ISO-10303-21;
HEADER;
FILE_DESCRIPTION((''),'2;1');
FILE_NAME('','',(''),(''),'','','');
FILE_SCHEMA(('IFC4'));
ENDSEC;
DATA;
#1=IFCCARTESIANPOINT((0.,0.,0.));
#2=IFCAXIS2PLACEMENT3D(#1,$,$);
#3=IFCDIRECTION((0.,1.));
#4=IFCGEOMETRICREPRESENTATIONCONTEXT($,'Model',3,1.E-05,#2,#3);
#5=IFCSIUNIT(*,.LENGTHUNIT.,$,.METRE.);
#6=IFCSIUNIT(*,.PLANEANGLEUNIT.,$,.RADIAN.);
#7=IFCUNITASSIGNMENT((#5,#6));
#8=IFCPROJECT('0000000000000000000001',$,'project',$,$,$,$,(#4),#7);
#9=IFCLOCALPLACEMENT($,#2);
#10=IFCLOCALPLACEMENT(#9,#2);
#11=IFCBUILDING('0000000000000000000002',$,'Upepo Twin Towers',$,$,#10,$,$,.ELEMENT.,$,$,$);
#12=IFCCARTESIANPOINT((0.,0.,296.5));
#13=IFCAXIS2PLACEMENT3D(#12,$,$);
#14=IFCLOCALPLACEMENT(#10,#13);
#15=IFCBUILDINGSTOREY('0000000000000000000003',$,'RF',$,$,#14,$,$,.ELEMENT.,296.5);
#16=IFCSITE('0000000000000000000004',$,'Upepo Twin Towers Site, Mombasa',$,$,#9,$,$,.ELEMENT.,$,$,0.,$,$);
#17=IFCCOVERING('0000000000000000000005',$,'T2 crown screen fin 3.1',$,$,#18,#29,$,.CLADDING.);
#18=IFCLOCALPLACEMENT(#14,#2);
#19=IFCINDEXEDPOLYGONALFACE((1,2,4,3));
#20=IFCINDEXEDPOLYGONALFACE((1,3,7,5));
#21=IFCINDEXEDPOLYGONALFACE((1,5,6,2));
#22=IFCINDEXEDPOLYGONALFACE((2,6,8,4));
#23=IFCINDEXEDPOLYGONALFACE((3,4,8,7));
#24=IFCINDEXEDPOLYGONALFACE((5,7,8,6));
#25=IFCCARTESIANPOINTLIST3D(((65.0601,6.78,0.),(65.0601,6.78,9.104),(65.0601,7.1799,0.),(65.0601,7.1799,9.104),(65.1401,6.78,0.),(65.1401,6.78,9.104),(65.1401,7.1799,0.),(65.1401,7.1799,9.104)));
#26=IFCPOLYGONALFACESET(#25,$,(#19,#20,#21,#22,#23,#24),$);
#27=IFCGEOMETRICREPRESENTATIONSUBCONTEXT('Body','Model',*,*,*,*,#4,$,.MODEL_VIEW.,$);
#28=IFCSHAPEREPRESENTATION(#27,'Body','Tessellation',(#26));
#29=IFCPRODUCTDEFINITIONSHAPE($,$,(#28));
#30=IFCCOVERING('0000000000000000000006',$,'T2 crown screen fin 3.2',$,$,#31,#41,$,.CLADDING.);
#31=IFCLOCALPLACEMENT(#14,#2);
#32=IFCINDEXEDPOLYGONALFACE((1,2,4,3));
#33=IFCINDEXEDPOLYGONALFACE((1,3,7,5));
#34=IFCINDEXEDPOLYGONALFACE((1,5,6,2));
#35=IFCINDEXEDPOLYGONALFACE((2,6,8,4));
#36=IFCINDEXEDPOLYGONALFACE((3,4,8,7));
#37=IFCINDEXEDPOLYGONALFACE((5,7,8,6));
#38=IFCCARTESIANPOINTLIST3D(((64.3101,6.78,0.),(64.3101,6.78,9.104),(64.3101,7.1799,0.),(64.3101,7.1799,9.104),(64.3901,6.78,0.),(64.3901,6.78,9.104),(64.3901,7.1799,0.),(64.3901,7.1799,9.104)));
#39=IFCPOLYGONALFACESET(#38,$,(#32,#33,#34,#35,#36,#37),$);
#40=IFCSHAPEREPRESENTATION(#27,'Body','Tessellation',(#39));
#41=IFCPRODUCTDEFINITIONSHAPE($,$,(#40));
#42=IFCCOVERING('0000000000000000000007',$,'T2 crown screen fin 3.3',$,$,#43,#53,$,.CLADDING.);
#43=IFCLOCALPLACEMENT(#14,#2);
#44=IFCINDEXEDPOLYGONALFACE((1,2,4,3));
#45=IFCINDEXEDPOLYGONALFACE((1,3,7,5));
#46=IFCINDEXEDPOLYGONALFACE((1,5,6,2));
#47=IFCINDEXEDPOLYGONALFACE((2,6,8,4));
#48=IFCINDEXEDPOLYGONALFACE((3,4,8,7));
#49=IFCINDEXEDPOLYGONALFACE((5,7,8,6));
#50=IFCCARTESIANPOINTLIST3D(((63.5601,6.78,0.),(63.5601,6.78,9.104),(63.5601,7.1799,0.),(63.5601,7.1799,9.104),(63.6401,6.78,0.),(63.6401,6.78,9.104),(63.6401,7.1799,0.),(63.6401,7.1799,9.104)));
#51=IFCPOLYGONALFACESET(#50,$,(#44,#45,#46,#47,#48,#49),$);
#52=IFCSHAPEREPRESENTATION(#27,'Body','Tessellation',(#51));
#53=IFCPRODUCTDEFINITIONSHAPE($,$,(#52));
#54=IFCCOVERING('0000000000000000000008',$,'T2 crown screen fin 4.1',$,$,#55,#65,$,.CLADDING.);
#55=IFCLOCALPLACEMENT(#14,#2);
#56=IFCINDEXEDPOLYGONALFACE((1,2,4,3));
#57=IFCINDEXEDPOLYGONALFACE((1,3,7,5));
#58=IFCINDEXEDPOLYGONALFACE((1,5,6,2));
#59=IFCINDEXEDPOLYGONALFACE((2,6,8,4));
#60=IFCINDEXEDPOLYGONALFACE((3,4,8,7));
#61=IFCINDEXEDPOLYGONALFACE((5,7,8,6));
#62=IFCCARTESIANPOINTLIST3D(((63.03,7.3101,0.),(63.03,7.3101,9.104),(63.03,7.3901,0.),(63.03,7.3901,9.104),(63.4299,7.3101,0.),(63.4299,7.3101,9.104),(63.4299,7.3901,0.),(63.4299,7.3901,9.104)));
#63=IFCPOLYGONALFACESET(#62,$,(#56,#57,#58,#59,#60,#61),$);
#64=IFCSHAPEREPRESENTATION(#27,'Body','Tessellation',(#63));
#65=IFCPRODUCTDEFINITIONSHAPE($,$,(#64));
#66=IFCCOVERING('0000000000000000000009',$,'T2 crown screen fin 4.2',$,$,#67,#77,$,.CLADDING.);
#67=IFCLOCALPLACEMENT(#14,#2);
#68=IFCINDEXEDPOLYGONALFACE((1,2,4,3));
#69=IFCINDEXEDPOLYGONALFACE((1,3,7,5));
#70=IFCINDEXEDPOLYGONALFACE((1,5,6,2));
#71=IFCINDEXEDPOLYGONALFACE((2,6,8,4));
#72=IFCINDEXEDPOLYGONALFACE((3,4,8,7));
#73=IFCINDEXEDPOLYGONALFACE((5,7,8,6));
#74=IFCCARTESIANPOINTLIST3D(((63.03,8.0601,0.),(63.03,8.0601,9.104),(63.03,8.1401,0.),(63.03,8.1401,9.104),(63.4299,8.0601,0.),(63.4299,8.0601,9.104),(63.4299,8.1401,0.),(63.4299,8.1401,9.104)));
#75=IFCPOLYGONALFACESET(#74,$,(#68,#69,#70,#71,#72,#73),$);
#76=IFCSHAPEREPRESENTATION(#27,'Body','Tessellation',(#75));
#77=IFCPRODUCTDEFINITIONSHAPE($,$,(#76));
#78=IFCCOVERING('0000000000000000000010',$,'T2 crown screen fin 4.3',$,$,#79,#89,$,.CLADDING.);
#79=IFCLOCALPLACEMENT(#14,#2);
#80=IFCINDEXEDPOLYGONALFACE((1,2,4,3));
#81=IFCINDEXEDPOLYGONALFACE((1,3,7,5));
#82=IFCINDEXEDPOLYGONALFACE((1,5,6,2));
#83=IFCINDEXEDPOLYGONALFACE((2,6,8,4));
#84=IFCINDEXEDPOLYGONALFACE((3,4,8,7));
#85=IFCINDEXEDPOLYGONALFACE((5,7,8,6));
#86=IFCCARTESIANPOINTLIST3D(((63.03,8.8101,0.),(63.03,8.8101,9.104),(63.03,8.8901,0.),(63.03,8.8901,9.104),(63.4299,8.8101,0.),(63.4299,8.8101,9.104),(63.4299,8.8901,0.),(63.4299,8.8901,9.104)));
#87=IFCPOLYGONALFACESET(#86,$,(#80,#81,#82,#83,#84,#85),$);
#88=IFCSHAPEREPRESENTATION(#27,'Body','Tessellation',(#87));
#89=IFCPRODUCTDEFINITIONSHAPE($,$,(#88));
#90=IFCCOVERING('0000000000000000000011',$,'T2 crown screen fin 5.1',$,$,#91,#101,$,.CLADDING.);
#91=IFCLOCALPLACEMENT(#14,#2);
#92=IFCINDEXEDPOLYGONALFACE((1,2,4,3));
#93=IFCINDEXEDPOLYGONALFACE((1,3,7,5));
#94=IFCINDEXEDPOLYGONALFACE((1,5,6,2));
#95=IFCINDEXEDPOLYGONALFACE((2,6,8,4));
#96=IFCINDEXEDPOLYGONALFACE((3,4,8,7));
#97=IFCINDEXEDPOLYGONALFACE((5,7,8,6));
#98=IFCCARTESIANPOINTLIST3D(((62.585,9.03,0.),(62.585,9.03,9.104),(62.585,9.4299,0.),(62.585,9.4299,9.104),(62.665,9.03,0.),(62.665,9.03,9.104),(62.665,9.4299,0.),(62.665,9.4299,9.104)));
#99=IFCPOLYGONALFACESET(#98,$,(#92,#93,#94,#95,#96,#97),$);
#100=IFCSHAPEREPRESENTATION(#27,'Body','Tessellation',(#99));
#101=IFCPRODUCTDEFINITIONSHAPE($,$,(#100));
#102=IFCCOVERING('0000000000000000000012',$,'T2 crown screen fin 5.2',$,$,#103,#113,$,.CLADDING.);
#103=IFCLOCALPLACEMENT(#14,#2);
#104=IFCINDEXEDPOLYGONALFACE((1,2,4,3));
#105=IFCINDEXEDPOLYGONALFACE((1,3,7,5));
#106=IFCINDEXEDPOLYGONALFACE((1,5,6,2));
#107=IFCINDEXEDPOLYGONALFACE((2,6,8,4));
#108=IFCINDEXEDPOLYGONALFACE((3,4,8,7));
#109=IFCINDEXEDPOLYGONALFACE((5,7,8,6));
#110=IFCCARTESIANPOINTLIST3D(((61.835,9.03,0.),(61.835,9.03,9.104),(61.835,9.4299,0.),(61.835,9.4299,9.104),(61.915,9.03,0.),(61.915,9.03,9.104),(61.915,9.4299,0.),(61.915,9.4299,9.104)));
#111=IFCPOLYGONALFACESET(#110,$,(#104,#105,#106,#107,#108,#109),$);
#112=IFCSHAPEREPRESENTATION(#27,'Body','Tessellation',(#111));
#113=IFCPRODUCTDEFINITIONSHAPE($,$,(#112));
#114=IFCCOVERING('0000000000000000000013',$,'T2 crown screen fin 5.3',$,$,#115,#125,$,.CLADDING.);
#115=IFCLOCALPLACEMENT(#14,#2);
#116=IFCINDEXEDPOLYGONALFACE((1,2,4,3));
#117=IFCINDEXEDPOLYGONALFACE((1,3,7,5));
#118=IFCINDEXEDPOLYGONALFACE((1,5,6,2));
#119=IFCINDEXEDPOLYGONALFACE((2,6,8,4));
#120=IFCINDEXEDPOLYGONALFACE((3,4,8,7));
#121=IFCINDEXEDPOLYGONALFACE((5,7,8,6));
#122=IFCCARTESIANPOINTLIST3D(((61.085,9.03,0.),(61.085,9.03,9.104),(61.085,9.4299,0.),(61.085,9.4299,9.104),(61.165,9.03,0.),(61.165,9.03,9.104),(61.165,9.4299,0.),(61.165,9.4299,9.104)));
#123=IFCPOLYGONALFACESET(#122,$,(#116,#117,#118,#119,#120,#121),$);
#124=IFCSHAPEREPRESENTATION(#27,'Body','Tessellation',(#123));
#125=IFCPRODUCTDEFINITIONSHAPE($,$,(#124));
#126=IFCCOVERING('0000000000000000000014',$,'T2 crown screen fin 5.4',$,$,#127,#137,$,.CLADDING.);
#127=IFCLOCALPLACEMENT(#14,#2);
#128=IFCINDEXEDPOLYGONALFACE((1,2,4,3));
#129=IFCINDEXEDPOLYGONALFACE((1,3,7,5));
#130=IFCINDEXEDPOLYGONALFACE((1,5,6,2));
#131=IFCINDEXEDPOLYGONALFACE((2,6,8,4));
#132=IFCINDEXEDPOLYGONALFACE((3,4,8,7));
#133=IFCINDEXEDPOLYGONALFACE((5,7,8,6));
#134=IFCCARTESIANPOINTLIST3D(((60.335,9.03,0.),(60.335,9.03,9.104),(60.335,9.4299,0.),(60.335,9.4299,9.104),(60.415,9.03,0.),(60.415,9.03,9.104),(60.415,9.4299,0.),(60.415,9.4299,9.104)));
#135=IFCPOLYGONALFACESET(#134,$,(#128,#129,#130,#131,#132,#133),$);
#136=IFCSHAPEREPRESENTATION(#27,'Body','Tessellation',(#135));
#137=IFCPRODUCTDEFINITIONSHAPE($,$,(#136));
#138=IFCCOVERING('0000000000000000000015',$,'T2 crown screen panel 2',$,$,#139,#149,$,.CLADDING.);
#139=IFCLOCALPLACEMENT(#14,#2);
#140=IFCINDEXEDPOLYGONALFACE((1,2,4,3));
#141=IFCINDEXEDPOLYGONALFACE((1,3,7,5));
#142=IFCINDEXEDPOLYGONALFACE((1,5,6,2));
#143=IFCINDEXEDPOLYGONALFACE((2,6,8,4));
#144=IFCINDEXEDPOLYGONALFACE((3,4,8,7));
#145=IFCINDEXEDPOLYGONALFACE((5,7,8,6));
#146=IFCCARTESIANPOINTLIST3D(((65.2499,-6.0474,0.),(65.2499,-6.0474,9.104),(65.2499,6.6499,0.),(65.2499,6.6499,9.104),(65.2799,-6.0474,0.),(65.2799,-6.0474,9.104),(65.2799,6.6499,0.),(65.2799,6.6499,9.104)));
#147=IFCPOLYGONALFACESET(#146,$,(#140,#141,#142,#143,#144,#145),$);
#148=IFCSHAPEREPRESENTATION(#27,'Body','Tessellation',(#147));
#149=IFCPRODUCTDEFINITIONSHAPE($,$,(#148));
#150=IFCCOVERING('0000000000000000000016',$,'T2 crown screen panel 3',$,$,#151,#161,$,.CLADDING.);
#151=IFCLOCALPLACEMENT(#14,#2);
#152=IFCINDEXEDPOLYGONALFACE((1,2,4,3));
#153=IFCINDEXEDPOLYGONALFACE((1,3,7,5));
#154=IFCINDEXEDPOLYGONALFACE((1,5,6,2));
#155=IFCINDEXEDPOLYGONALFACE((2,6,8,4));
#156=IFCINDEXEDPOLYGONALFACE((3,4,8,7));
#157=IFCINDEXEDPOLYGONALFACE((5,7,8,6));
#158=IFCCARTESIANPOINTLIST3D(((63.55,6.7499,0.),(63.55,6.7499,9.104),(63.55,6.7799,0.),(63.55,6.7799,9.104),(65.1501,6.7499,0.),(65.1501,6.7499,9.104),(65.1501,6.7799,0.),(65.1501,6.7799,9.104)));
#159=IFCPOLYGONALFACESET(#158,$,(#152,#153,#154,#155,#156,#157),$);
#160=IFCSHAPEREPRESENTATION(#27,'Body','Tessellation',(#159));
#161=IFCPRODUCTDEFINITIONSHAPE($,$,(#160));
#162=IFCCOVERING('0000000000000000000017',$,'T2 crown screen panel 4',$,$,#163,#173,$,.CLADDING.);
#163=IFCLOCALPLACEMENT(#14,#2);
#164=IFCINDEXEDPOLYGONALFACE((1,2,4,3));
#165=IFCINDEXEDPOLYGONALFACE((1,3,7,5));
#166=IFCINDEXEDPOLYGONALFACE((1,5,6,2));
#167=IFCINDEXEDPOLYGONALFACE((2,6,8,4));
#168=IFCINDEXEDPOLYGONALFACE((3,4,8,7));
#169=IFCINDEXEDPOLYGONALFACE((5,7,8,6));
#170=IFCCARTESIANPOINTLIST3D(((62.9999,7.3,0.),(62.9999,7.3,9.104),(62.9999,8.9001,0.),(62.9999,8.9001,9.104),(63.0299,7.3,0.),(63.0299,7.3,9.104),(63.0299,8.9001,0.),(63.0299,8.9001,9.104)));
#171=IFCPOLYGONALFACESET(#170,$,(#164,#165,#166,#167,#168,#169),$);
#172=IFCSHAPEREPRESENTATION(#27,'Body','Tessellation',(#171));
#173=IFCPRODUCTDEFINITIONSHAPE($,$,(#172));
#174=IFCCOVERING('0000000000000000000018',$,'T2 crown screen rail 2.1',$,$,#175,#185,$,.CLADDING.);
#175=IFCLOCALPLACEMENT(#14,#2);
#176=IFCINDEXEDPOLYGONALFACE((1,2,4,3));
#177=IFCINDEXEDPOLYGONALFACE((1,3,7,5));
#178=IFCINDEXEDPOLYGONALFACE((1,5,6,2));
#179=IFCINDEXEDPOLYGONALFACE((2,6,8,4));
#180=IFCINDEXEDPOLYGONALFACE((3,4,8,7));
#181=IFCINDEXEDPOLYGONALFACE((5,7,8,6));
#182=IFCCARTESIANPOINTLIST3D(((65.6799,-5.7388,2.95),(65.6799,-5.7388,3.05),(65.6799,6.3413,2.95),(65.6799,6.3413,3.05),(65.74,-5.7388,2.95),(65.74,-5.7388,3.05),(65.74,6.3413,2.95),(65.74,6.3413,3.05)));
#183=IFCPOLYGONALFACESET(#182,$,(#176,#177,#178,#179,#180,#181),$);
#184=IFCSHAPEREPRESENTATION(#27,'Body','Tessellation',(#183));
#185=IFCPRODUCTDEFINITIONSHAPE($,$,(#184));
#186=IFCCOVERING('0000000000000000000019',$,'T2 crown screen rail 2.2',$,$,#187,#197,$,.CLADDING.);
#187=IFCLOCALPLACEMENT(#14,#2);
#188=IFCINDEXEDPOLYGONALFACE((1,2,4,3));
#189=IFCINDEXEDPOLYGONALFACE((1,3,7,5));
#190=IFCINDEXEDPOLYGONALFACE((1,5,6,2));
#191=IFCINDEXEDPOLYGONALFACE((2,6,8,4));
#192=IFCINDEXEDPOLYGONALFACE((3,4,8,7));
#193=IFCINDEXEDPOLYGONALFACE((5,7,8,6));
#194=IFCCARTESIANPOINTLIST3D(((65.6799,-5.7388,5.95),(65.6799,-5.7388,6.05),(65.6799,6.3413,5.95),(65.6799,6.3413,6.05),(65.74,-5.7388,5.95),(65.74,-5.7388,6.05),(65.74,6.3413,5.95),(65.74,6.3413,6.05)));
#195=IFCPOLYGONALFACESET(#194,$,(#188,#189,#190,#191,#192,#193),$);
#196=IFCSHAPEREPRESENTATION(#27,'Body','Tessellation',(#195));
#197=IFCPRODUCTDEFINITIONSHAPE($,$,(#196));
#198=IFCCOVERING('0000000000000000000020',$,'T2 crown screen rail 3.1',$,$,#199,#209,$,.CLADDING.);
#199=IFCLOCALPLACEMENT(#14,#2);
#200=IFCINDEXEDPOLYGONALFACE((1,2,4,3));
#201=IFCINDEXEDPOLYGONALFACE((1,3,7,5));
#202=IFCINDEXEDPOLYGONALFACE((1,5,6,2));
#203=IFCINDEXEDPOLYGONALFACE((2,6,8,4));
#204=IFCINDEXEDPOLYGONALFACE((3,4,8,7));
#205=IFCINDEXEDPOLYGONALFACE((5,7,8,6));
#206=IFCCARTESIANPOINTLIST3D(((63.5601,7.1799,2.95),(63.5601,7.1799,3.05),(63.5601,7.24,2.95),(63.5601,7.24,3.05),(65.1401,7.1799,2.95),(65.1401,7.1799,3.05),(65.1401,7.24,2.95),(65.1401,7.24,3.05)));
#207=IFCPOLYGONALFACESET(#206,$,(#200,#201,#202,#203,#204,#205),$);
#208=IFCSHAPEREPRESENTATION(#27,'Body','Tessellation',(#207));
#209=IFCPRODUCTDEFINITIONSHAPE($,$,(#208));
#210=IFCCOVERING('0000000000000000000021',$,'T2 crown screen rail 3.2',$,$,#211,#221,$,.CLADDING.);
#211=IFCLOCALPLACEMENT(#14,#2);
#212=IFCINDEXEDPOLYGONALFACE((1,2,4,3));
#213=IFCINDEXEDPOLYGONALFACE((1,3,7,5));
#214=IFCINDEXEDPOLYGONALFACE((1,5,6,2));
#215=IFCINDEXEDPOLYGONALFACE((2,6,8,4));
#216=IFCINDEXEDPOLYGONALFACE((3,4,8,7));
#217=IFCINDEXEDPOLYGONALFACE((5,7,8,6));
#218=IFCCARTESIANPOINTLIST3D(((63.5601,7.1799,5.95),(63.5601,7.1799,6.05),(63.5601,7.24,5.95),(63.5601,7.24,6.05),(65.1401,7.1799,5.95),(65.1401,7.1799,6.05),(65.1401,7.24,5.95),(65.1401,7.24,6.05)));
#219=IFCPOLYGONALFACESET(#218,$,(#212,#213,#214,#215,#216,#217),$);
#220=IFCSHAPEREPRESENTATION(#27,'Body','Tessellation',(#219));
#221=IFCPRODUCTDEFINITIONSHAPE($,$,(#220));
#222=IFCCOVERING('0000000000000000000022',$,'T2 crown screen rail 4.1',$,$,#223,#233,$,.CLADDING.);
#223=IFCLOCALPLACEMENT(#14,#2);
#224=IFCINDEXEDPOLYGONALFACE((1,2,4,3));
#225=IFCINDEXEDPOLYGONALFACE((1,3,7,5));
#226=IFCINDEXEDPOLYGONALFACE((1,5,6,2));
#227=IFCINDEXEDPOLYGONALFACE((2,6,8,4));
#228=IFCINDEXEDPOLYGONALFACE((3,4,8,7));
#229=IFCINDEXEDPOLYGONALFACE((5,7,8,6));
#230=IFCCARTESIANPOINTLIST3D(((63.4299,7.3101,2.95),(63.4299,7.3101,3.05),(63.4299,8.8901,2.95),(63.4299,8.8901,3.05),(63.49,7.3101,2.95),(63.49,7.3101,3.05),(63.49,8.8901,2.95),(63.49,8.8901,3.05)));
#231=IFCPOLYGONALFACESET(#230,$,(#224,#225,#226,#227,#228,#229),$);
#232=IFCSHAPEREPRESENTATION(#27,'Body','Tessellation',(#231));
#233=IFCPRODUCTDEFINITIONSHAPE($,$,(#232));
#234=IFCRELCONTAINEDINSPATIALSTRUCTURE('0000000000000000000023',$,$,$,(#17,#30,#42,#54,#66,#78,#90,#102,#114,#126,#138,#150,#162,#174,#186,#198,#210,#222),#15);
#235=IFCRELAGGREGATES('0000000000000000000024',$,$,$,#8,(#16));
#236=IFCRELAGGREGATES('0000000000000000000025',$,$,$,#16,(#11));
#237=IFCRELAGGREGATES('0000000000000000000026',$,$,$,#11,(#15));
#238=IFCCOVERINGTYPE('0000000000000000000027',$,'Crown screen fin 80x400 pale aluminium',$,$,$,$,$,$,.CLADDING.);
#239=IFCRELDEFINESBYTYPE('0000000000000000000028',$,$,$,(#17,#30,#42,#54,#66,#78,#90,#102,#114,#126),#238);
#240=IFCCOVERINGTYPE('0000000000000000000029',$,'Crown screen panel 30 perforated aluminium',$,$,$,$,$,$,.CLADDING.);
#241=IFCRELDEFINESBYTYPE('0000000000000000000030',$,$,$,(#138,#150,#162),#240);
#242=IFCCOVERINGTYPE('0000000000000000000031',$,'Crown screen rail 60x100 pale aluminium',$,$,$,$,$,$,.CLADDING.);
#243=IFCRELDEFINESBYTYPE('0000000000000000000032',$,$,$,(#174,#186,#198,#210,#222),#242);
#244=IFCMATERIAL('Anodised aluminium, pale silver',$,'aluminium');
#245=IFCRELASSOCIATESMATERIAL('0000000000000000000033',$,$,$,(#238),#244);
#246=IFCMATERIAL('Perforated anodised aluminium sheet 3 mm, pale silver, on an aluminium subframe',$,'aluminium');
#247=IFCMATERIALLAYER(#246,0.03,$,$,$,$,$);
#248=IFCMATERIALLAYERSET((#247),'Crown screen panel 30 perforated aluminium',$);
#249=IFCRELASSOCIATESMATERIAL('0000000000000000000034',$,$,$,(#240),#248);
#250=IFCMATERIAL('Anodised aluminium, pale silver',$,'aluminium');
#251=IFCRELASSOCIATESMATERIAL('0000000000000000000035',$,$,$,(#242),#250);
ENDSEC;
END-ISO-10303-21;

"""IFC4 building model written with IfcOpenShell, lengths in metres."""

from ifc_helpers import new_model, si_unit, direction, frame, origin, origin_2d, place, context, subcontext, project, spatial, rectangle, extrude, material, layer, layer_set, type_object, element, save


model = new_model("IFC4")

# Units and contexts
model_context = context("Model", 3, precision=1e-05, world=origin(), true_north=direction((0.0, 1.0)))
body_context = subcontext(model_context, "Body", "Model", "MODEL_VIEW")
ifc_project = project(units=[si_unit("LENGTHUNIT", "METRE"), si_unit("PLANEANGLEUNIT", "RADIAN")], contexts=[model_context])

# Site, building, storey
site_placement = place(None, origin())
site = spatial("IfcSite", under=ifc_project, at=site_placement, Name="Upepo Twin Towers Site, Mombasa", CompositionType="ELEMENT", RefElevation=0.0)
building_placement = place(site_placement, origin())
building = spatial("IfcBuilding", under=site, at=building_placement, Name="Upepo Twin Towers", CompositionType="ELEMENT")
storey_placement = place(building_placement, frame((0.0, 0.0, 296.5)))
storey = spatial("IfcBuildingStorey", under=building, at=storey_placement, Name="RF", CompositionType="ELEMENT", Elevation=296.5)

# Coverings
ifc_material_1 = material(Name="Anodised aluminium, pale silver", Category="aluminium")
covering_type_1 = type_object("IfcCoveringType", Name="Crown screen fin 80x400 pale aluminium", PredefinedType="CLADDING", material=ifc_material_1)
for number, where, z_axis, x_axis, name in (
    (1, (65.1001, 6.98, 0.0), (0.0, 0.0, 1.0), (-1.0, 0.0, 0.0), "T2 crown screen fin 3.1"),
    (2, (64.3501, 6.98, 0.0), (0.0, 0.0, 1.0), (-1.0, 0.0, 0.0), "T2 crown screen fin 3.2"),
    (3, (63.6001, 6.98, 0.0), (0.0, 0.0, 1.0), (-1.0, 0.0, 0.0), "T2 crown screen fin 3.3"),
    (4, (63.23, 7.3501, 0.0), (0.0, 0.0, 1.0), (0.0, 1.0, 0.0), "T2 crown screen fin 4.1"),
    (5, (63.23, 8.1001, 0.0), (0.0, 0.0, 1.0), (0.0, 1.0, 0.0), "T2 crown screen fin 4.2"),
    (6, (63.23, 8.8501, 0.0), (0.0, 0.0, 1.0), (0.0, 1.0, 0.0), "T2 crown screen fin 4.3"),
    (7, (62.625, 9.23, 0.0), (0.0, 0.0, 1.0), (-1.0, 0.0, 0.0), "T2 crown screen fin 5.1"),
    (8, (61.875, 9.23, 0.0), (0.0, 0.0, 1.0), (-1.0, 0.0, 0.0), "T2 crown screen fin 5.2"),
    (9, (61.125, 9.23, 0.0), (0.0, 0.0, 1.0), (-1.0, 0.0, 0.0), "T2 crown screen fin 5.3"),
    (10, (60.375, 9.23, 0.0), (0.0, 0.0, 1.0), (-1.0, 0.0, 0.0), "T2 crown screen fin 5.4"),
):
    element("IfcCovering", number, at=place(storey_placement, frame(where, z_axis=z_axis, x_axis=x_axis)), inside=storey, type_object=covering_type_1, Name=name, PredefinedType="CLADDING", context=body_context, shape_type="SweptSolid", body=[
        extrude(rectangle(XDim=0.0801, YDim=0.3999, at=origin_2d()), origin(), (0.0, 0.0, 1.0), 9.104),
    ])
ifc_material_2 = material(Name="Perforated anodised aluminium sheet 3 mm, pale silver, on an aluminium subframe", Category="aluminium")
ifc_layer_1 = layer(ifc_material_2, 0.03)
ifc_layer_set_1 = layer_set([ifc_layer_1], Name="Crown screen panel 30 perforated aluminium")
covering_type_2 = type_object("IfcCoveringType", Name="Crown screen panel 30 perforated aluminium", PredefinedType="CLADDING", material=ifc_layer_set_1)
covering_placement = place(storey_placement, frame((65.2649, 0.3013, 0.0), z_axis=(0.0, 0.0, 1.0), x_axis=(0.0, 1.0, 0.0)))
element("IfcCovering", 11, at=covering_placement, inside=storey, type_object=covering_type_2, Name="T2 crown screen panel 2", PredefinedType="CLADDING", context=body_context, shape_type="SweptSolid", body=[
    extrude(rectangle(XDim=12.6973, YDim=0.03, at=origin_2d()), origin(), (0.0, 0.0, 1.0), 9.104),
])
for number, where, z_axis, x_axis, name in (
    (12, (64.3501, 6.7649, 0.0), (0.0, 0.0, 1.0), (-1.0, 0.0, 0.0), "T2 crown screen panel 3"),
    (13, (63.0149, 8.1001, 0.0), (0.0, 0.0, 1.0), (0.0, 1.0, 0.0), "T2 crown screen panel 4"),
):
    element("IfcCovering", number, at=place(storey_placement, frame(where, z_axis=z_axis, x_axis=x_axis)), inside=storey, type_object=covering_type_2, Name=name, PredefinedType="CLADDING", context=body_context, shape_type="SweptSolid", body=[
        extrude(rectangle(XDim=1.6001, YDim=0.03, at=origin_2d()), origin(), (0.0, 0.0, 1.0), 9.104),
    ])
ifc_material_3 = material(Name="Anodised aluminium, pale silver", Category="aluminium")
covering_type_3 = type_object("IfcCoveringType", Name="Crown screen rail 60x100 pale aluminium", PredefinedType="CLADDING", material=ifc_material_3)
for number, where, z_axis, x_axis, name in (
    (14, (65.71, 0.3013, 2.95), (0.0, 0.0, 1.0), (0.0, 1.0, 0.0), "T2 crown screen rail 2.1"),
    (15, (65.71, 0.3013, 5.95), (0.0, 0.0, 1.0), (0.0, 1.0, 0.0), "T2 crown screen rail 2.2"),
):
    element("IfcCovering", number, at=place(storey_placement, frame(where, z_axis=z_axis, x_axis=x_axis)), inside=storey, type_object=covering_type_3, Name=name, PredefinedType="CLADDING", context=body_context, shape_type="SweptSolid", body=[
        extrude(rectangle(XDim=12.0801, YDim=0.0601, at=origin_2d()), origin(), (0.0, 0.0, 1.0), 0.1001),
    ])
for number, where, z_axis, x_axis, name in (
    (16, (64.3501, 7.21, 2.95), (0.0, 0.0, 1.0), (-1.0, 0.0, 0.0), "T2 crown screen rail 3.1"),
    (17, (64.3501, 7.21, 5.95), (0.0, 0.0, 1.0), (-1.0, 0.0, 0.0), "T2 crown screen rail 3.2"),
    (18, (63.46, 8.1001, 2.95), (0.0, 0.0, 1.0), (0.0, 1.0, 0.0), "T2 crown screen rail 4.1"),
):
    element("IfcCovering", number, at=place(storey_placement, frame(where, z_axis=z_axis, x_axis=x_axis)), inside=storey, type_object=covering_type_3, Name=name, PredefinedType="CLADDING", context=body_context, shape_type="SweptSolid", body=[
        extrude(rectangle(XDim=1.5801, YDim=0.0601, at=origin_2d()), origin(), (0.0, 0.0, 1.0), 0.1001),
    ])

save(model, "model.ifc")
